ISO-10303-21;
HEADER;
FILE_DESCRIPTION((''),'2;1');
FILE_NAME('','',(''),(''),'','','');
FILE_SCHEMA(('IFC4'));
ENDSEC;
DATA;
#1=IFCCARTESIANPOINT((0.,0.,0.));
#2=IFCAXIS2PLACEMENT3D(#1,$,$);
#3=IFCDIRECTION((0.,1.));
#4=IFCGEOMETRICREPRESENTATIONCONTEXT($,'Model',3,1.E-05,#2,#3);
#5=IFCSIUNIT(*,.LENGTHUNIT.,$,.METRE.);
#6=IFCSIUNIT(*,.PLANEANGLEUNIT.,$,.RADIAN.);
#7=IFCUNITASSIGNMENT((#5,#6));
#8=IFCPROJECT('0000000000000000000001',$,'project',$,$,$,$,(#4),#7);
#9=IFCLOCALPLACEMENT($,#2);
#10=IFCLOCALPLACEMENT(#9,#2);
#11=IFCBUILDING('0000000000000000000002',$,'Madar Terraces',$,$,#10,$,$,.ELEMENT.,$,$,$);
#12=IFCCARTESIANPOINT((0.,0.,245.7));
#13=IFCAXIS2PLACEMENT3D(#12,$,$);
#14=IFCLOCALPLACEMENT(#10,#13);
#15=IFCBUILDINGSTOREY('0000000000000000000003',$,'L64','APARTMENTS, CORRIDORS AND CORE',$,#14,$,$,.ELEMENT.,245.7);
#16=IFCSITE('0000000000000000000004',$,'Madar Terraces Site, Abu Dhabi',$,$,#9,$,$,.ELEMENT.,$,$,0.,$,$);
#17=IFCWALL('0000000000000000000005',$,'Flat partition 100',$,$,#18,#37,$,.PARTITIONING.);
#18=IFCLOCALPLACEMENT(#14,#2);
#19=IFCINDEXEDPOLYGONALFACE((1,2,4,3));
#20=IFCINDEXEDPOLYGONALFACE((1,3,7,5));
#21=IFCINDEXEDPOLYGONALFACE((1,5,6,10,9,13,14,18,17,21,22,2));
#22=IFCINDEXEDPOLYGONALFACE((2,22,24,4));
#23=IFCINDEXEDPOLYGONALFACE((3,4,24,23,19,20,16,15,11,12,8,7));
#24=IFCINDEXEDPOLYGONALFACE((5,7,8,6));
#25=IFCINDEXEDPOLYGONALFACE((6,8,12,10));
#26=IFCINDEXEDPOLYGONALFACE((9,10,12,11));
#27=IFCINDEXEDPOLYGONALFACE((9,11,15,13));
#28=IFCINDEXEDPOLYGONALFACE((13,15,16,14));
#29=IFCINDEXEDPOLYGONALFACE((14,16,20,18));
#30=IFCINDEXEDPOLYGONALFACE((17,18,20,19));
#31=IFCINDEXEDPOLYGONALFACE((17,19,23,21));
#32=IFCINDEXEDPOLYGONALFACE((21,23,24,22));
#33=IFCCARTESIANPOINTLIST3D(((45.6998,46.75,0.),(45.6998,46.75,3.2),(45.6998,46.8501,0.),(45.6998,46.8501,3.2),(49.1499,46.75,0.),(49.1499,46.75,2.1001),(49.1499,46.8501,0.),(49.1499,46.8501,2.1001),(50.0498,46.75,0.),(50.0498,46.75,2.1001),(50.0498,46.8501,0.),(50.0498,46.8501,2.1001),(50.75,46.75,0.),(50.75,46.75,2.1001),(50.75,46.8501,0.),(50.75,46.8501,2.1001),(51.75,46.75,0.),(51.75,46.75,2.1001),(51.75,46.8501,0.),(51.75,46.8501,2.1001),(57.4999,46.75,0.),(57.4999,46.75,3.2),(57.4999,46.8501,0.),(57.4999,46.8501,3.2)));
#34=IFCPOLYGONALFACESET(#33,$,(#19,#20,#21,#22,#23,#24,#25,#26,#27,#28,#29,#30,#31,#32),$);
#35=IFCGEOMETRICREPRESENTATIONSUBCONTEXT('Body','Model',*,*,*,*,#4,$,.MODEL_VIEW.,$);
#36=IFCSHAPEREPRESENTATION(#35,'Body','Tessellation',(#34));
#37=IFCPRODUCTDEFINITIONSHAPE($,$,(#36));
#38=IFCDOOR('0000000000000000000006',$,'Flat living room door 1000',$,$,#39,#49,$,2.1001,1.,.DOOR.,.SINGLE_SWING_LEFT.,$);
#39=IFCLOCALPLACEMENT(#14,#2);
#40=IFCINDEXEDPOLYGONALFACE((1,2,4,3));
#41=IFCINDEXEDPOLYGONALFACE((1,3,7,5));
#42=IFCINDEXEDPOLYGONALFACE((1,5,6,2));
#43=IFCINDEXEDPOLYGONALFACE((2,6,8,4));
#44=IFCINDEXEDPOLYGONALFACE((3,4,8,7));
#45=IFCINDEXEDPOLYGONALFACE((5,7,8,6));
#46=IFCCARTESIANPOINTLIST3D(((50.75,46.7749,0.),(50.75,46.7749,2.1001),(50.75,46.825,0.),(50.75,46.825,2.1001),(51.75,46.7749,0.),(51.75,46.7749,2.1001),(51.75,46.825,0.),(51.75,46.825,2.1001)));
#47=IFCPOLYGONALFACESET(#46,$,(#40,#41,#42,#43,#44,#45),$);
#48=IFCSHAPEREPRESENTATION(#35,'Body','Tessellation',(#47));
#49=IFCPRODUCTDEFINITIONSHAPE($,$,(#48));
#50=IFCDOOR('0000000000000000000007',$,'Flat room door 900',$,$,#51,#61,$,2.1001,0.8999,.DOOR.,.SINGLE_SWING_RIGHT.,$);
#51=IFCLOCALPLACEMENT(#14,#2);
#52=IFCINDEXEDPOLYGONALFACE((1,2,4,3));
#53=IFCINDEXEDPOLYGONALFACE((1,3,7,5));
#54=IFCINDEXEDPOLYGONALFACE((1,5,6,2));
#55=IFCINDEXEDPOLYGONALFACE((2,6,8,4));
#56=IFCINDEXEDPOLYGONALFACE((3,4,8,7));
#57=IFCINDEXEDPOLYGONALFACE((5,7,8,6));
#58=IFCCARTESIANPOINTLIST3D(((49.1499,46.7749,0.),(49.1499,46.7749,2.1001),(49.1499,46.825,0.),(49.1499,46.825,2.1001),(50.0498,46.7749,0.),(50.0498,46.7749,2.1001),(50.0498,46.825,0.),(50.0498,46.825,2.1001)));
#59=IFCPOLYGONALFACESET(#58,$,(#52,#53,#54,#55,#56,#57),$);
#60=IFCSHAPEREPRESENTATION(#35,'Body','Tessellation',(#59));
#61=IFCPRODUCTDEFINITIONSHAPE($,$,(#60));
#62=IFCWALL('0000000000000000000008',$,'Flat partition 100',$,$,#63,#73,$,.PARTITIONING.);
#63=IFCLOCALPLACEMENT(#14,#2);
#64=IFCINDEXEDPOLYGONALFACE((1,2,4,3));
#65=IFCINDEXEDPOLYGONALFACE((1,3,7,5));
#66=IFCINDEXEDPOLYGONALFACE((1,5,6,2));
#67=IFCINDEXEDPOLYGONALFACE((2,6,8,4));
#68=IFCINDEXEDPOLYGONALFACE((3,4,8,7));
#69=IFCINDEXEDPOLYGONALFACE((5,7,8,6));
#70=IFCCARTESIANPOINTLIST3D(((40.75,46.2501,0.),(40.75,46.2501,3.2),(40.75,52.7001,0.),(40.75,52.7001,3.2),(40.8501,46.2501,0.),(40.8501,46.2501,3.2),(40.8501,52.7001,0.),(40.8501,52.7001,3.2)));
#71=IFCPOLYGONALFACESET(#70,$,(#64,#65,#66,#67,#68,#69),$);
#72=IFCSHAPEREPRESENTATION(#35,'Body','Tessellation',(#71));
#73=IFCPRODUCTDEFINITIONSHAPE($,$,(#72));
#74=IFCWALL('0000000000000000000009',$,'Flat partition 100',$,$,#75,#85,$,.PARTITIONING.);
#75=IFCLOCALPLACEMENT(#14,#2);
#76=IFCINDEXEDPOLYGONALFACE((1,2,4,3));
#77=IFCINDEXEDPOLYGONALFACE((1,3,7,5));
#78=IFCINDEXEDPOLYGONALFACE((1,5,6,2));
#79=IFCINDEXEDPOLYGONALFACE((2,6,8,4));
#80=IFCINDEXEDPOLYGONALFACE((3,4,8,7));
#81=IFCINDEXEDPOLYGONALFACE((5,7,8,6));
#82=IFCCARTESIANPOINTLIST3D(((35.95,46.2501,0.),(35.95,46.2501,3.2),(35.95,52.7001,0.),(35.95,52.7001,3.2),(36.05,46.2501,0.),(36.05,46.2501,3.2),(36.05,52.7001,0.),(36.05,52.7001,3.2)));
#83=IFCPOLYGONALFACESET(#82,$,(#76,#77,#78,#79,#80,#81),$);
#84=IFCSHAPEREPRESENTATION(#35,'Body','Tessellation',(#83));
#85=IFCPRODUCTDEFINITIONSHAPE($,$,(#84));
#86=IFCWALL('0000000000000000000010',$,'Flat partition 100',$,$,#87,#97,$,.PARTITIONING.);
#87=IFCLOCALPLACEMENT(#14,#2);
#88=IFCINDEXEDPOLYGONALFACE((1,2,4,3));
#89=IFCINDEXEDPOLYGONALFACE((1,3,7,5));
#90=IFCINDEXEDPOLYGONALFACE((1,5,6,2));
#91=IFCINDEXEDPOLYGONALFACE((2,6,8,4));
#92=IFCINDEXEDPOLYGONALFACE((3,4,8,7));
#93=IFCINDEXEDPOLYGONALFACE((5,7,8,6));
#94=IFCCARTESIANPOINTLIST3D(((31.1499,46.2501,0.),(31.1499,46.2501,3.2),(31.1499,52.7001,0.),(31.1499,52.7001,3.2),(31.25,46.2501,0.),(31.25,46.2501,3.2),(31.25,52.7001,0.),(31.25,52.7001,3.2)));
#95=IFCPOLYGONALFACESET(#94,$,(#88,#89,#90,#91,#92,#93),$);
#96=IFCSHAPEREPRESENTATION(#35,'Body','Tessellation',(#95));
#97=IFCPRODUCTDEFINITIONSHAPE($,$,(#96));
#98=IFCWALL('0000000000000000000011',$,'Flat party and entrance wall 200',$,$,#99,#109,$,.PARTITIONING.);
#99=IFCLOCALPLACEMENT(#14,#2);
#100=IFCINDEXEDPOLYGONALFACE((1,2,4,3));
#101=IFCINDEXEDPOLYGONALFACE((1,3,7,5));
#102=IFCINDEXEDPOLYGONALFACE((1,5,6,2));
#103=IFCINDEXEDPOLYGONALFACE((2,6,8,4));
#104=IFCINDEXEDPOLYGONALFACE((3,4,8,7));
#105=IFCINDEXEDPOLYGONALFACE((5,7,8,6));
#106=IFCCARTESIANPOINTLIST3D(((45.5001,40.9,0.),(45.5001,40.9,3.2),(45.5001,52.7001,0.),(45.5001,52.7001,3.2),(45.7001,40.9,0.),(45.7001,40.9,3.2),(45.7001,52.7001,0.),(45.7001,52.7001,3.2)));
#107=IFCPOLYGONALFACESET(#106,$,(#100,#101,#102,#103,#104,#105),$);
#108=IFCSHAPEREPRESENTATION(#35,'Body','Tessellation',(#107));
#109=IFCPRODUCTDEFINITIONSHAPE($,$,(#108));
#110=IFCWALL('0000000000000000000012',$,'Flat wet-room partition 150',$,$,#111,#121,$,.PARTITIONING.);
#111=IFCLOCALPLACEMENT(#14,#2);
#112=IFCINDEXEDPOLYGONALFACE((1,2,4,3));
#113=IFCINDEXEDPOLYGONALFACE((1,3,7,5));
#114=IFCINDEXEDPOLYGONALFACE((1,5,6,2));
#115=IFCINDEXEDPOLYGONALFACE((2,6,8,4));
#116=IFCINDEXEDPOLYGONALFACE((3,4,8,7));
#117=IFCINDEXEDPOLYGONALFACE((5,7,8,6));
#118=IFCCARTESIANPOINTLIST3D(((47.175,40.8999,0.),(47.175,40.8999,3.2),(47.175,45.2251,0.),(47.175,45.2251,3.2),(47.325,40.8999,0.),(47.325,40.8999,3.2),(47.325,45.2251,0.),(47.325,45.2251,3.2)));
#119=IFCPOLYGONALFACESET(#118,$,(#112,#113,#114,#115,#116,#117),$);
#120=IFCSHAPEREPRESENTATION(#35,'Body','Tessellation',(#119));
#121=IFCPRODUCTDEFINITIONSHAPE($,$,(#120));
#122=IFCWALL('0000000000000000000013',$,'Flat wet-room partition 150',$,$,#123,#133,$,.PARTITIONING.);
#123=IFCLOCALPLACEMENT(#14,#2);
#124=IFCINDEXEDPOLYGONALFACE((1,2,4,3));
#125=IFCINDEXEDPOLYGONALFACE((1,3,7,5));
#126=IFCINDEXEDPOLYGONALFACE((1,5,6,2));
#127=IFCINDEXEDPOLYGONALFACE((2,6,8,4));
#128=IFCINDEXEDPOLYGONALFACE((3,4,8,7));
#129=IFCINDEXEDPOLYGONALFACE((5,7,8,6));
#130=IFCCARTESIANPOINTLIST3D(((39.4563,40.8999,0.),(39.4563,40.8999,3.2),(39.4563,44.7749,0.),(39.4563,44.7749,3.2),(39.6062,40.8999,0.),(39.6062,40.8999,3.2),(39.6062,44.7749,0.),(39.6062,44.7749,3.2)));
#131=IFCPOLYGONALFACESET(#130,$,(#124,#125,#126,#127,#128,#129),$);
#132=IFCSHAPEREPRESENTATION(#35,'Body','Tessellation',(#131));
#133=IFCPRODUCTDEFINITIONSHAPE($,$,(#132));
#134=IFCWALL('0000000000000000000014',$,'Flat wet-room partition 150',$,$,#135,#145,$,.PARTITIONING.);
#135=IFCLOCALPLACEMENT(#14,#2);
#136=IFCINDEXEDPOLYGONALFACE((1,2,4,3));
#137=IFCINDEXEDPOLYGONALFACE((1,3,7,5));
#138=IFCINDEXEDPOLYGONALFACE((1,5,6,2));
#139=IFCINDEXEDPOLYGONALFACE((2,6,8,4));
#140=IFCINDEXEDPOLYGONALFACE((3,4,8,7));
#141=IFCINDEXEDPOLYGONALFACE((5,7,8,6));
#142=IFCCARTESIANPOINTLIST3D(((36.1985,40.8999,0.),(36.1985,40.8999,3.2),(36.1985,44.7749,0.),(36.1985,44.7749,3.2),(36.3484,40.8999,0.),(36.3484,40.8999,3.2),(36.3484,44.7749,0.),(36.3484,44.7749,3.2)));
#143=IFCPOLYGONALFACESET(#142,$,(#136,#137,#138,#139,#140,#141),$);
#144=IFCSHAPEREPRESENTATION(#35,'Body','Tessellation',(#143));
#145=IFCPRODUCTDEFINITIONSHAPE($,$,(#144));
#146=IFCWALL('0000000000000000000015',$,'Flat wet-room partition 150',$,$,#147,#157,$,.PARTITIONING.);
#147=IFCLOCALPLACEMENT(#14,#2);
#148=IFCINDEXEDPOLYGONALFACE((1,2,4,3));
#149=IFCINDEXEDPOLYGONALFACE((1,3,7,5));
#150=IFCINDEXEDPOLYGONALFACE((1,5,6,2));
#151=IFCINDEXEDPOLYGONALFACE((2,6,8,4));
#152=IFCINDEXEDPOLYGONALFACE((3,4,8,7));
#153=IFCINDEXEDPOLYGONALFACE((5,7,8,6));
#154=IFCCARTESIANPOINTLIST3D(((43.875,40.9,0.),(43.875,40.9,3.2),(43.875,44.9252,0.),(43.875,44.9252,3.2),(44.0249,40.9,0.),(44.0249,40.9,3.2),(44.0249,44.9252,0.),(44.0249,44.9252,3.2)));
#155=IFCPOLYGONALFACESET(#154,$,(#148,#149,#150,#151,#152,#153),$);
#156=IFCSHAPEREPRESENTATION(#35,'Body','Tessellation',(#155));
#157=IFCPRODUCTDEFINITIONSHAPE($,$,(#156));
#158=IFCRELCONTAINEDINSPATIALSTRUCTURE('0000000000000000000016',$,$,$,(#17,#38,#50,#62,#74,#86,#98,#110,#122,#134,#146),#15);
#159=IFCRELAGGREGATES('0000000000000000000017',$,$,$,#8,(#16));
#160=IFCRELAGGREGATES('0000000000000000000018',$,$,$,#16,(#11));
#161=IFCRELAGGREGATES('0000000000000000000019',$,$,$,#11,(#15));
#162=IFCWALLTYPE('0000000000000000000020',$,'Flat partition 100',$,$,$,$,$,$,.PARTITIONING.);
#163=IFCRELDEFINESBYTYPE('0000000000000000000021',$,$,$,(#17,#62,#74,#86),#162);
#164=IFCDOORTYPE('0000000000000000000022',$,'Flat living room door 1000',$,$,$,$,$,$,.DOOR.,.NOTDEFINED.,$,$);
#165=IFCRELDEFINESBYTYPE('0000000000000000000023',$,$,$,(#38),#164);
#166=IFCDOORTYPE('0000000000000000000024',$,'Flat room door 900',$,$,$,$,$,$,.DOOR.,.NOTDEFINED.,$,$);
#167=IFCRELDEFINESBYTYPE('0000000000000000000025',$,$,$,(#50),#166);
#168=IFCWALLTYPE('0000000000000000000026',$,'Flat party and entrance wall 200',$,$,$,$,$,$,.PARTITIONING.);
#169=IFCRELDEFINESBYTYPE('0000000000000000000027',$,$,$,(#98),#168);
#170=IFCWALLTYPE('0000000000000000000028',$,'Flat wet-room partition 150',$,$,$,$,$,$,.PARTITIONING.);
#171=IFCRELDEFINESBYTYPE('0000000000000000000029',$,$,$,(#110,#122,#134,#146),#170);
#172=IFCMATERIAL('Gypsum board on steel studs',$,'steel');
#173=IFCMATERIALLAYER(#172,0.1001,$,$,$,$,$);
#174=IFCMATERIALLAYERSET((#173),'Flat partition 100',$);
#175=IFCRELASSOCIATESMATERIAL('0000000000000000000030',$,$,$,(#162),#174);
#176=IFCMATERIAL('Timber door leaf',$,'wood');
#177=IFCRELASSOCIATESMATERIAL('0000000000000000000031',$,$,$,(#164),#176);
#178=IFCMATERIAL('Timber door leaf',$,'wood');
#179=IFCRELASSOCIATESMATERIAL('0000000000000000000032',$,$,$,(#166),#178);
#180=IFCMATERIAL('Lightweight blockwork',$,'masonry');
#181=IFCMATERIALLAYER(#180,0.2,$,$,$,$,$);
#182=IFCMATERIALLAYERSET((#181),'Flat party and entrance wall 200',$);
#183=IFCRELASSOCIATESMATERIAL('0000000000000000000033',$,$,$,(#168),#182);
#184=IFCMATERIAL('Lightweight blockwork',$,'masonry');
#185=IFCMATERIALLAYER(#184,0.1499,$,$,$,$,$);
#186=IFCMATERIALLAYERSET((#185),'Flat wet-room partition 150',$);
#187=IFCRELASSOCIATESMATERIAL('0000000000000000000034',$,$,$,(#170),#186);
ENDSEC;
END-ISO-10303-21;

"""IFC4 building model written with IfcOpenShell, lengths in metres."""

from ifc_helpers import new_model, si_unit, direction, frame, frame_2d, origin, place, context, subcontext, project, spatial, rectangle, extrude, material, layer, layer_set, type_object, element, fill, save


model = new_model("IFC4")

# Units and contexts
model_context = context("Model", 3, precision=1e-05, world=origin(), true_north=direction((0.0, 1.0)))
body_context = subcontext(model_context, "Body", "Model", "MODEL_VIEW")
ifc_project = project(units=[si_unit("LENGTHUNIT", "METRE"), si_unit("PLANEANGLEUNIT", "RADIAN")], contexts=[model_context])

# Site, building, storey
site_placement = place(None, origin())
site = spatial("IfcSite", under=ifc_project, at=site_placement, Name="Madar Terraces Site, Abu Dhabi", CompositionType="ELEMENT", RefElevation=0.0)
building_placement = place(site_placement, origin())
building = spatial("IfcBuilding", under=site, at=building_placement, Name="Madar Terraces", CompositionType="ELEMENT")
storey_placement = place(building_placement, frame((0.0, 0.0, 245.7)))
storey = spatial("IfcBuildingStorey", under=building, at=storey_placement, Name="L64", Description="APARTMENTS, CORRIDORS AND CORE", CompositionType="ELEMENT", Elevation=245.7)

# Wall, openings, doors
ifc_material_1 = material(Name="Gypsum board on steel studs", Category="steel")
ifc_layer_1 = layer(ifc_material_1, 0.1001)
ifc_layer_set_1 = layer_set([ifc_layer_1], Name="Flat partition 100")
wall_type_1 = type_object("IfcWallType", Name="Flat partition 100", PredefinedType="PARTITIONING", material=ifc_layer_set_1)
wall_1_placement = place(storey_placement, frame((45.7, 46.8, 0.0), z_axis=(0.0, 0.0, 1.0), x_axis=(1.0, 0.0, 0.0)))
wall_1 = element("IfcWall", 1, at=wall_1_placement, inside=storey, type_object=wall_type_1, Name="Flat partition 100", PredefinedType="PARTITIONING", context=body_context, shape_type="SweptSolid", body=[
    extrude(rectangle(XDim=11.8, YDim=0.1001, at=frame_2d((5.8999, 0.0))), origin(), (0.0, 0.0, 1.0), 3.2),
])
opening_1_placement = place(wall_1_placement, frame((3.45, 0.0, 0.0)))
opening_1 = element("IfcOpeningElement", 2, at=opening_1_placement, cuts=wall_1, PredefinedType="OPENING", context=body_context, shape_type="SweptSolid", body=[
    extrude(rectangle(XDim=0.8999, YDim=2.1001, at=frame_2d((0.45, 1.05))), frame((0.0, 0.0601, 0.0), z_axis=(0.0, -1.0, 0.0), x_axis=(1.0, 0.0, 0.0)), (0.0, 0.0, 1.0), 0.1201),
])
opening_2_placement = place(wall_1_placement, frame((5.05, 0.0, 0.0)))
opening_2 = element("IfcOpeningElement", 3, at=opening_2_placement, cuts=wall_1, PredefinedType="OPENING", context=body_context, shape_type="SweptSolid", body=[
    extrude(rectangle(XDim=1.0, YDim=2.1001, at=frame_2d((0.5, 1.05))), frame((0.0, 0.0601, 0.0), z_axis=(0.0, -1.0, 0.0), x_axis=(1.0, 0.0, 0.0)), (0.0, 0.0, 1.0), 0.1201),
])
ifc_material_2 = material(Name="Timber door leaf", Category="wood")
door_type_1 = type_object("IfcDoorType", Name="Flat living room door 1000", OperationType="NOTDEFINED", PredefinedType="DOOR", material=ifc_material_2)
door_1_placement = place(opening_2_placement, origin())
door_1 = element("IfcDoor", 4, at=door_1_placement, inside=storey, type_object=door_type_1, Name="Flat living room door 1000", OperationType="SINGLE_SWING_LEFT", OverallHeight=2.1001, OverallWidth=1.0, PredefinedType="DOOR", context=body_context, shape_type="SweptSolid", body=[
    extrude(rectangle(XDim=1.0, YDim=2.1001, at=frame_2d((0.5, 1.05))), frame((0.0, 0.0249, 0.0), z_axis=(0.0, -1.0, 0.0), x_axis=(1.0, 0.0, 0.0)), (0.0, 0.0, 1.0), 0.05),
])
fill(opening_2, door_1)
ifc_material_3 = material(Name="Timber door leaf", Category="wood")
door_type_2 = type_object("IfcDoorType", Name="Flat room door 900", OperationType="NOTDEFINED", PredefinedType="DOOR", material=ifc_material_3)
door_2_placement = place(opening_1_placement, origin())
door_2 = element("IfcDoor", 5, at=door_2_placement, inside=storey, type_object=door_type_2, Name="Flat room door 900", OperationType="SINGLE_SWING_RIGHT", OverallHeight=2.1001, OverallWidth=0.8999, PredefinedType="DOOR", context=body_context, shape_type="SweptSolid", body=[
    extrude(rectangle(XDim=0.8999, YDim=2.1001, at=frame_2d((0.45, 1.05))), frame((0.0, 0.0249, 0.0), z_axis=(0.0, -1.0, 0.0), x_axis=(1.0, 0.0, 0.0)), (0.0, 0.0, 1.0), 0.05),
])
fill(opening_1, door_2)

# Walls
for number, where, z_axis, x_axis, name in (
    (6, (40.8, 46.25, 0.0), (0.0, 0.0, 1.0), (0.0, 1.0, 0.0), "Flat partition 100"),
    (7, (36.0, 46.25, 0.0), (0.0, 0.0, 1.0), (0.0, 1.0, 0.0), "Flat partition 100"),
    (8, (31.2, 46.25, 0.0), (0.0, 0.0, 1.0), (0.0, 1.0, 0.0), "Flat partition 100"),
):
    element("IfcWall", number, at=place(storey_placement, frame(where, z_axis=z_axis, x_axis=x_axis)), inside=storey, type_object=wall_type_1, Name=name, PredefinedType="PARTITIONING", context=body_context, shape_type="SweptSolid", body=[
        extrude(rectangle(XDim=6.45, YDim=0.1001, at=frame_2d((3.2251, 0.0))), origin(), (0.0, 0.0, 1.0), 3.2),
    ])
ifc_material_4 = material(Name="Lightweight blockwork", Category="masonry")
ifc_layer_2 = layer(ifc_material_4, 0.2)
ifc_layer_set_2 = layer_set([ifc_layer_2], Name="Flat party and entrance wall 200")
wall_type_2 = type_object("IfcWallType", Name="Flat party and entrance wall 200", PredefinedType="PARTITIONING", material=ifc_layer_set_2)
wall_2_placement = place(storey_placement, frame((45.6001, 52.7, 0.0), z_axis=(0.0, 0.0, 1.0), x_axis=(0.0, -1.0, 0.0)))
element("IfcWall", 9, at=wall_2_placement, inside=storey, type_object=wall_type_2, Name="Flat party and entrance wall 200", PredefinedType="PARTITIONING", context=body_context, shape_type="SweptSolid", body=[
    extrude(rectangle(XDim=11.8, YDim=0.2, at=frame_2d((5.8999, 0.0))), origin(), (0.0, 0.0, 1.0), 3.2),
])
ifc_material_5 = material(Name="Lightweight blockwork", Category="masonry")
ifc_layer_3 = layer(ifc_material_5, 0.1499)
ifc_layer_set_3 = layer_set([ifc_layer_3], Name="Flat wet-room partition 150")
wall_type_3 = type_object("IfcWallType", Name="Flat wet-room partition 150", PredefinedType="PARTITIONING", material=ifc_layer_set_3)
wall_3_placement = place(storey_placement, frame((47.25, 40.8999, 0.0), z_axis=(0.0, 0.0, 1.0), x_axis=(0.0, 1.0, 0.0)))
element("IfcWall", 10, at=wall_3_placement, inside=storey, type_object=wall_type_3, Name="Flat wet-room partition 150", PredefinedType="PARTITIONING", context=body_context, shape_type="SweptSolid", body=[
    extrude(rectangle(XDim=4.3252, YDim=0.1499, at=frame_2d((2.1626, 0.0))), origin(), (0.0, 0.0, 1.0), 3.2),
])
for number, where, z_axis, x_axis, name in (
    (11, (39.5312, 40.8999, 0.0), (0.0, 0.0, 1.0), (0.0, 1.0, 0.0), "Flat wet-room partition 150"),
    (12, (36.2734, 40.8999, 0.0), (0.0, 0.0, 1.0), (0.0, 1.0, 0.0), "Flat wet-room partition 150"),
):
    element("IfcWall", number, at=place(storey_placement, frame(where, z_axis=z_axis, x_axis=x_axis)), inside=storey, type_object=wall_type_3, Name=name, PredefinedType="PARTITIONING", context=body_context, shape_type="SweptSolid", body=[
        extrude(rectangle(XDim=3.875, YDim=0.1499, at=frame_2d((1.9375, 0.0))), origin(), (0.0, 0.0, 1.0), 3.2),
    ])
wall_4_placement = place(storey_placement, frame((43.95, 40.8999, 0.0), z_axis=(0.0, 0.0, 1.0), x_axis=(0.0, 1.0, 0.0)))
element("IfcWall", 13, at=wall_4_placement, inside=storey, type_object=wall_type_3, Name="Flat wet-room partition 150", PredefinedType="PARTITIONING", context=body_context, shape_type="SweptSolid", body=[
    extrude(rectangle(XDim=4.0251, YDim=0.1499, at=frame_2d((2.0127, 0.0))), origin(), (0.0, 0.0, 1.0), 3.2),
])

save(model, "model.ifc")
